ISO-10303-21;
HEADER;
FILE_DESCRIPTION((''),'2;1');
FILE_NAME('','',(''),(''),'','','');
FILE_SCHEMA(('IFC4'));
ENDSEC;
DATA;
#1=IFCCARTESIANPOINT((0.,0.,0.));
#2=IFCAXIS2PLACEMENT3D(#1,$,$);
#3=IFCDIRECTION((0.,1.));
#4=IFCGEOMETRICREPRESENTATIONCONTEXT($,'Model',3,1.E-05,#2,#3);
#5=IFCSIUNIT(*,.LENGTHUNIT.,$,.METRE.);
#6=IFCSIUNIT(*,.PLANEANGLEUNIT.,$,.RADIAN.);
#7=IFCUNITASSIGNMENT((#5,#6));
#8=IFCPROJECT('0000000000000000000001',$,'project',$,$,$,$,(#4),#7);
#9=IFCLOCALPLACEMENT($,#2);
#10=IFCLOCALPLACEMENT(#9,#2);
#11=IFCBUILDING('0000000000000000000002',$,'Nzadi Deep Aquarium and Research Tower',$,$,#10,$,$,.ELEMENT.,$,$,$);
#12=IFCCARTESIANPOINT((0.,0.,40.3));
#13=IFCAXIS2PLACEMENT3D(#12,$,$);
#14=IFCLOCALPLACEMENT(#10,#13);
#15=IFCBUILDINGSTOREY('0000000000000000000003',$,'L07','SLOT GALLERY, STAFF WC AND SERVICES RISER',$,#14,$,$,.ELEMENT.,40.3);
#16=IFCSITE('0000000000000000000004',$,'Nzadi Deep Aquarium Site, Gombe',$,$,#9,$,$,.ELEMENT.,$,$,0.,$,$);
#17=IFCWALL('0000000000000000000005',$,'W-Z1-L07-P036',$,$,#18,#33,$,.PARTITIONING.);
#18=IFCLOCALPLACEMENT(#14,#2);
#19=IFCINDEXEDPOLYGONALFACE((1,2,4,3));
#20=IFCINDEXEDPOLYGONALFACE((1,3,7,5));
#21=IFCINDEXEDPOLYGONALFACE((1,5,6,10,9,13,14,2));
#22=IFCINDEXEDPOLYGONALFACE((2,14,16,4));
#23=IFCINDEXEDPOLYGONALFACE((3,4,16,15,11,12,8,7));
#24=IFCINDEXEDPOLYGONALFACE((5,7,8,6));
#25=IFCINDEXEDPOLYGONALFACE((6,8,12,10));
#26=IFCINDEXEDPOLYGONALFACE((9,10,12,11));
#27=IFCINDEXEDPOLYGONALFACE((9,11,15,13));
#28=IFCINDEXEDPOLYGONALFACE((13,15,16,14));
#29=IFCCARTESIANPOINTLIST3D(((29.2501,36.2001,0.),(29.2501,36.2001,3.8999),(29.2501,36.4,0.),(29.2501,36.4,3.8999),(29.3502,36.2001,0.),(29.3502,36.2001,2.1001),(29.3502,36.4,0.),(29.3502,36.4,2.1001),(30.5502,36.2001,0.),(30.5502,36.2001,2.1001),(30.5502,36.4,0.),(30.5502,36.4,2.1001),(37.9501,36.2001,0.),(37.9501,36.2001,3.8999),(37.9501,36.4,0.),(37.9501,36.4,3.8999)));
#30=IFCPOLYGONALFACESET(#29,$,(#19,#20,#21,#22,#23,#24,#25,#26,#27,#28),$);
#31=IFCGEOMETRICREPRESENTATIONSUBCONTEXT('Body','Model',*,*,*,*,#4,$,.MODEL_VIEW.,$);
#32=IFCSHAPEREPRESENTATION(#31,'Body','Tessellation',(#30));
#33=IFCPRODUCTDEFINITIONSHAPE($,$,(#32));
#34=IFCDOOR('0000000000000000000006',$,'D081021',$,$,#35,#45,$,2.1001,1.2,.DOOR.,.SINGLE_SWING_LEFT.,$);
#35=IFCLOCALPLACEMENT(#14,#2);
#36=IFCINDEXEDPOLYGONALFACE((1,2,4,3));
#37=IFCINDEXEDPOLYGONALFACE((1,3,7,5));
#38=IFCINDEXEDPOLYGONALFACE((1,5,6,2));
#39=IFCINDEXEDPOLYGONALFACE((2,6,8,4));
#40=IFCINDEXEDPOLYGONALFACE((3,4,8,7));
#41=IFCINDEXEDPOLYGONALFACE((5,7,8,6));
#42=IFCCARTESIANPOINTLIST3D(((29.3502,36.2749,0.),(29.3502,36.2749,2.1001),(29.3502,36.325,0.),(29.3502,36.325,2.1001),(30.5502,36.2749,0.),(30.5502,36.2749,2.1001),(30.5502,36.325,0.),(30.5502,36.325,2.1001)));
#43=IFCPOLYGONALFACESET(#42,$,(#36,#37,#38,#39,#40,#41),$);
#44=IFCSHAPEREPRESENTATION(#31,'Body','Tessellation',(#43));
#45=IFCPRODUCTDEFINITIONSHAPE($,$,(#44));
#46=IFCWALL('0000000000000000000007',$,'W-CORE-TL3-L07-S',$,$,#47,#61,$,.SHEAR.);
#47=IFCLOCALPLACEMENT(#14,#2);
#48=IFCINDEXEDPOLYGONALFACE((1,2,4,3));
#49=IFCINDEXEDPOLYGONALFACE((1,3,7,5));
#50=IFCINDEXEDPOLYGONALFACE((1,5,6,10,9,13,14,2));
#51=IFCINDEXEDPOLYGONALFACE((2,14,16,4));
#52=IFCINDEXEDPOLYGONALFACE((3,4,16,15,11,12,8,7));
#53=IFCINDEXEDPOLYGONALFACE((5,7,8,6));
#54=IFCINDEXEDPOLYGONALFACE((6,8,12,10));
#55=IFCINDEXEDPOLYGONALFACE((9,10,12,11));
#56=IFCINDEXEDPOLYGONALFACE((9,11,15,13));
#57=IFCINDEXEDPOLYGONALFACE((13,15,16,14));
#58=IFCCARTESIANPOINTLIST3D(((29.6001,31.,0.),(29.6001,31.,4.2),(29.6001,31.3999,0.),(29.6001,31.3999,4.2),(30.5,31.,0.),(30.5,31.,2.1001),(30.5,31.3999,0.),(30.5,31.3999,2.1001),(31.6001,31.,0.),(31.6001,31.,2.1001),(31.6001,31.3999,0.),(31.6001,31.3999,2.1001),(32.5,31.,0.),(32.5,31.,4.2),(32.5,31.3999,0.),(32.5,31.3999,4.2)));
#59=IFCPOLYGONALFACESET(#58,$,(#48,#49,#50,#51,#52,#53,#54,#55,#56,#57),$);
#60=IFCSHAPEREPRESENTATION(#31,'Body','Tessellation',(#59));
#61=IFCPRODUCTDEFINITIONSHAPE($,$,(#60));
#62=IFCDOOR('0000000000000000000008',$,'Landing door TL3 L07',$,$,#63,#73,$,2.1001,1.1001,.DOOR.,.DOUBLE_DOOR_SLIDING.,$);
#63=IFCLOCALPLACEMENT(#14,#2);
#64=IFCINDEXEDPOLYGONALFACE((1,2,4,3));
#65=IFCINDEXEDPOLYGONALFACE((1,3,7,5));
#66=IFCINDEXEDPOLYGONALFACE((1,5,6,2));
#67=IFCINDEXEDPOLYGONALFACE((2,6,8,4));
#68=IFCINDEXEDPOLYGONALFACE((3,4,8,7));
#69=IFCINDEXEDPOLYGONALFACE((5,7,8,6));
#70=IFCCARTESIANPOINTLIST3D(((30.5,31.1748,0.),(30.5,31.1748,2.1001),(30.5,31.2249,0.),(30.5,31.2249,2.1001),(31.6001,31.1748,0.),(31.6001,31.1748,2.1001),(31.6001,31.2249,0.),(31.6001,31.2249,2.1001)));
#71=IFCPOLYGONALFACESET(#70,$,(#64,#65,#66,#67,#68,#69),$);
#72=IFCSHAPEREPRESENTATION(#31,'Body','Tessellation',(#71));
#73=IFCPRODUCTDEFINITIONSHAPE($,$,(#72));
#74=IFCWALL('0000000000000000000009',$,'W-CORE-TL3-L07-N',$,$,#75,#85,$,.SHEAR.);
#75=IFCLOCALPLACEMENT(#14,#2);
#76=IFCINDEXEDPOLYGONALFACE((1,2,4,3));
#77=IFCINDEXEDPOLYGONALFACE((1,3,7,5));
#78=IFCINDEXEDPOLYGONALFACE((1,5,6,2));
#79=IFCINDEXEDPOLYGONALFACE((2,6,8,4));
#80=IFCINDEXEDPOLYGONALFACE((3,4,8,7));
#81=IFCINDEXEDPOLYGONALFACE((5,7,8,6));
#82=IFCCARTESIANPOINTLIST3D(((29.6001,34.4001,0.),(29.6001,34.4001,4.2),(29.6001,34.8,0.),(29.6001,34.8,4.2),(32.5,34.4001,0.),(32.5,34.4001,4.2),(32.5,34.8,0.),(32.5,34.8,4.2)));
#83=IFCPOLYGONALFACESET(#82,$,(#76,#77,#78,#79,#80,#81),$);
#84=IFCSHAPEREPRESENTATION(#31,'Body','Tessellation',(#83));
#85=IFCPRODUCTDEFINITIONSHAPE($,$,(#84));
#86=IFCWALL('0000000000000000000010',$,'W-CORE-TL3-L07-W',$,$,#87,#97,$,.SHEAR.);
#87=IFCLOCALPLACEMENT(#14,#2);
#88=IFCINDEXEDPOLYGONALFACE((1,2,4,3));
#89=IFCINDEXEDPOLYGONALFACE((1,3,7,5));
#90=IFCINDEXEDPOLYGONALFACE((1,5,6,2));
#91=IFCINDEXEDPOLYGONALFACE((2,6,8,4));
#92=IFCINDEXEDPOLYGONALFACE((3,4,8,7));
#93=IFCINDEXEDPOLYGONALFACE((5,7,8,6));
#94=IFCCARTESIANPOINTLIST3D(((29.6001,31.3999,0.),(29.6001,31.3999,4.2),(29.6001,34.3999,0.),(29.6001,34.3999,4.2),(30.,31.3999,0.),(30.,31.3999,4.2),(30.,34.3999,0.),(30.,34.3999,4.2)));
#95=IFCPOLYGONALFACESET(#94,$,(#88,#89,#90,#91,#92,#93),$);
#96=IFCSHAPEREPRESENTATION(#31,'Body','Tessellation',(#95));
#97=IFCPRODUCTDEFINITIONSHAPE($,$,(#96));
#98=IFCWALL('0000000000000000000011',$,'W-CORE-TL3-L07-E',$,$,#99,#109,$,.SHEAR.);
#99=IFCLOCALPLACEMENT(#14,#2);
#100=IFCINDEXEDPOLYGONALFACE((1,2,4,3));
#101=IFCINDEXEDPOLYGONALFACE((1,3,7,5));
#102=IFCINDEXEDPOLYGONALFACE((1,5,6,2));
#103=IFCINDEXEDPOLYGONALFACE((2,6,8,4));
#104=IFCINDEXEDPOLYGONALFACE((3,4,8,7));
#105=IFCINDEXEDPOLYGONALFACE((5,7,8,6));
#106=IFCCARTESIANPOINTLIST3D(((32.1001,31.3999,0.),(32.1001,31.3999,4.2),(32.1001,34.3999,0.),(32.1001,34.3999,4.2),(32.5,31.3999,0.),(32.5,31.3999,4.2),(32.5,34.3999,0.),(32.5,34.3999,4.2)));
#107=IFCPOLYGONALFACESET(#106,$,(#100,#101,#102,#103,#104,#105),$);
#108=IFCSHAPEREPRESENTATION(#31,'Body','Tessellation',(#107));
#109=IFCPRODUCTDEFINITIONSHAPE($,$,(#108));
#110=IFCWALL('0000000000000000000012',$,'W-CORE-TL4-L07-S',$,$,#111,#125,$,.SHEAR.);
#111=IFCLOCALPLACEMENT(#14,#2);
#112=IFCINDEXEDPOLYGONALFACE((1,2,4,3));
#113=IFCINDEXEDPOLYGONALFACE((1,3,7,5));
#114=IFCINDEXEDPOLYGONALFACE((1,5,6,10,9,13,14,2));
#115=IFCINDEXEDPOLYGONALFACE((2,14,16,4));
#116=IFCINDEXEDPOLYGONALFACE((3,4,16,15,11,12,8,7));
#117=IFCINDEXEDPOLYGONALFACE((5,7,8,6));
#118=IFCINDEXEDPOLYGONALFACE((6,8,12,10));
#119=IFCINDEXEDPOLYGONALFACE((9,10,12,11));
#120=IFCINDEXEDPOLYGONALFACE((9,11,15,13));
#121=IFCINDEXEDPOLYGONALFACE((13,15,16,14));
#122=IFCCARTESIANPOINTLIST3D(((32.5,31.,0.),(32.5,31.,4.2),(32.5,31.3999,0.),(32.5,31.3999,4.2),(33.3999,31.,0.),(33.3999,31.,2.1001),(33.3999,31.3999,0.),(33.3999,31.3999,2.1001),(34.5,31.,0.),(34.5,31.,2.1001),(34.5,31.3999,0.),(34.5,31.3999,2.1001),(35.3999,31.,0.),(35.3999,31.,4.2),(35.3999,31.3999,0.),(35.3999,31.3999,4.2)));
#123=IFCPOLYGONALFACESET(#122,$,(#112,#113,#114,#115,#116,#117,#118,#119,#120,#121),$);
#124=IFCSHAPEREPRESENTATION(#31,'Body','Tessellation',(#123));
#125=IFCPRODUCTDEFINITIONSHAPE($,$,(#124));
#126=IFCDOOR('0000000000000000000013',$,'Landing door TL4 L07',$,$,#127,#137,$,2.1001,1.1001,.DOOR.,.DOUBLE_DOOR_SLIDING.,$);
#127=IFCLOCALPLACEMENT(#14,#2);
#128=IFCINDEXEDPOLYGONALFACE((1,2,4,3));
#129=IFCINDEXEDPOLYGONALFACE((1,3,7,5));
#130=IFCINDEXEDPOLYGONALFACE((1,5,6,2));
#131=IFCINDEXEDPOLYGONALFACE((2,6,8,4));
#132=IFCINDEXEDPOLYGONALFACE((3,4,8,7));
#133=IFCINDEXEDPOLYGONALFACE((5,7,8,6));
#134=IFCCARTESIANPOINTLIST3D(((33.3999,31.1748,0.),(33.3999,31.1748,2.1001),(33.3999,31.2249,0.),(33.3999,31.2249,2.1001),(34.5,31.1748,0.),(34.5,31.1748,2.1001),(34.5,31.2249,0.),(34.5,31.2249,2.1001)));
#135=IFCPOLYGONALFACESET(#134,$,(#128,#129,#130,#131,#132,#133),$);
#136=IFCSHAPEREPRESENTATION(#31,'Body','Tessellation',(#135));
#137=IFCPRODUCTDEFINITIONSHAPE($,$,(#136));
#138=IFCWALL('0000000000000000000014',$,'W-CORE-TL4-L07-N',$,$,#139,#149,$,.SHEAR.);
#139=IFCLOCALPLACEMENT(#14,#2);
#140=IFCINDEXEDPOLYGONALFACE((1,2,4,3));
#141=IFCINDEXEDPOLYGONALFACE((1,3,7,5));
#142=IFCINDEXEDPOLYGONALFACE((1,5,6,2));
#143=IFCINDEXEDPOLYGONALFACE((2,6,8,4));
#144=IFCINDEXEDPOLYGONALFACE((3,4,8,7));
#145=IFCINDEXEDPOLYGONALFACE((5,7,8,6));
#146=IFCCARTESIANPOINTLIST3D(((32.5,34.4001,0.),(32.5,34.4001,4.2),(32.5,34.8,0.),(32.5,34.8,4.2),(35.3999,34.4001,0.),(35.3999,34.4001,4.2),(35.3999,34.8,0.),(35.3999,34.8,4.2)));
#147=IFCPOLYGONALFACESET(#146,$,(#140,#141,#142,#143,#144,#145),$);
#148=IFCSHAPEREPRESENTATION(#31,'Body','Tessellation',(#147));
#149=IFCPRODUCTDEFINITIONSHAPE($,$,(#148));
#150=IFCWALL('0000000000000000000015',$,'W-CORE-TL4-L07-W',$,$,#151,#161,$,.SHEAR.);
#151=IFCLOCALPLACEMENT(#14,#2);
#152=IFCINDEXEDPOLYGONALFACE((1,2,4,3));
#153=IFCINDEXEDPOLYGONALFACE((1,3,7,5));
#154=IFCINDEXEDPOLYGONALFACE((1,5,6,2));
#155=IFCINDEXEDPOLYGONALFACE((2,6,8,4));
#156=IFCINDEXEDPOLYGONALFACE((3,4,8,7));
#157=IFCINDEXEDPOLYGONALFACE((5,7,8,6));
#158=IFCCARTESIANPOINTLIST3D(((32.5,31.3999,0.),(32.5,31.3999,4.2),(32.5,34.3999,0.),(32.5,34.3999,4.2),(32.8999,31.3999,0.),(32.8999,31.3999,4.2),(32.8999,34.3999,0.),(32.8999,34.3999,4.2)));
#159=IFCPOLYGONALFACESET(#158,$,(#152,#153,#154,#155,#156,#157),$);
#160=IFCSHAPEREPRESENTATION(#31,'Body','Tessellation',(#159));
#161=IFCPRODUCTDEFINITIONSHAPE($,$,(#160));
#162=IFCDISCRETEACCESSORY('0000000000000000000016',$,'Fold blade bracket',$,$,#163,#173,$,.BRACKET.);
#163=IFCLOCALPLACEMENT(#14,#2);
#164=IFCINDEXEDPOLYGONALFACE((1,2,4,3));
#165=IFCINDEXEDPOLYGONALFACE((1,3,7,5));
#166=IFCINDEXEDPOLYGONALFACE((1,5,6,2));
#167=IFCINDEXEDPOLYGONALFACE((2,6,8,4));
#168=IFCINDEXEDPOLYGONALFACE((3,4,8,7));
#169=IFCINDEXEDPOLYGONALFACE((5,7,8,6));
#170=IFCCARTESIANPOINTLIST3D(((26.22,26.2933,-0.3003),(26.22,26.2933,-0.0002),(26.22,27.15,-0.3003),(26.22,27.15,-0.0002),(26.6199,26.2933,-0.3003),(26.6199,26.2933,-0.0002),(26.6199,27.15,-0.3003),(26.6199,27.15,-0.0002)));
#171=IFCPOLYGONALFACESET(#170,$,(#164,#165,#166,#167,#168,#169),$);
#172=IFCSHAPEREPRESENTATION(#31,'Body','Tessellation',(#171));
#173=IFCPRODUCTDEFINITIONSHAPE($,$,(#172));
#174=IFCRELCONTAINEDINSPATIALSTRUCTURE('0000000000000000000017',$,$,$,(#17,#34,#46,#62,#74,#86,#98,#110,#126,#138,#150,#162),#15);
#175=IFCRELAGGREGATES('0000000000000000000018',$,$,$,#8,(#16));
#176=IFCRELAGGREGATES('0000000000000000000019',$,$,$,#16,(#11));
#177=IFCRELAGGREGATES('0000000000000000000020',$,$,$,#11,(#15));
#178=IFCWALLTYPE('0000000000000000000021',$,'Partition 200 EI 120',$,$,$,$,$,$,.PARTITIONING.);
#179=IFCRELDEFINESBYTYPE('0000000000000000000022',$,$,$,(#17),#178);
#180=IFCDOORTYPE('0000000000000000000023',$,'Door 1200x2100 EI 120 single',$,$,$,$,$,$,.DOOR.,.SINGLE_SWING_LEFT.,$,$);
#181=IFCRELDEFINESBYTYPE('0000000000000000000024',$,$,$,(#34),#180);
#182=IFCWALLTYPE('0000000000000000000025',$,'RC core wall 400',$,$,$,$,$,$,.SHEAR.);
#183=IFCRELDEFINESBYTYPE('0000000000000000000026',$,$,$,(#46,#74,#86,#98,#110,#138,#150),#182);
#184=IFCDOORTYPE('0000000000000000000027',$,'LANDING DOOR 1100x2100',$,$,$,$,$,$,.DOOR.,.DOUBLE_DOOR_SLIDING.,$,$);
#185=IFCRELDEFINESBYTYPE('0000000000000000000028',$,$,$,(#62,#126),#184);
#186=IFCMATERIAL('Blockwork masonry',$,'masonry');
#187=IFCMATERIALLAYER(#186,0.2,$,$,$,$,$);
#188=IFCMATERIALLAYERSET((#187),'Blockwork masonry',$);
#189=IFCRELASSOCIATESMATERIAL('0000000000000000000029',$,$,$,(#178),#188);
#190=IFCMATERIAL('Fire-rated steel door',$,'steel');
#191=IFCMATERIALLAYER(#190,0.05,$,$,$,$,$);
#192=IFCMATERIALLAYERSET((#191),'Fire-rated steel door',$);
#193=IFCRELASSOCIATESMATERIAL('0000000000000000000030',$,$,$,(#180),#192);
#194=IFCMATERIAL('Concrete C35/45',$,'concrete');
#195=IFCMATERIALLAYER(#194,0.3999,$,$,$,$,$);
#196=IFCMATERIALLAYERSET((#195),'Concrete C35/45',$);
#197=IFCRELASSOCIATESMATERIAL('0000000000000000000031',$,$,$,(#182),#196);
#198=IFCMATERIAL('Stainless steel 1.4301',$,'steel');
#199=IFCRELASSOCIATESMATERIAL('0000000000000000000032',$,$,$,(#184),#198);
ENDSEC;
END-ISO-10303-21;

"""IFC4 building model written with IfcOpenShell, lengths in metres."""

from ifc_helpers import new_model, si_unit, direction, frame, frame_2d, origin, origin_2d, place, context, subcontext, project, spatial, rectangle, extrude, material, layer, layer_set, type_object, element, fill, save


model = new_model("IFC4")

# Units and contexts
model_context = context("Model", 3, precision=1e-05, world=origin(), true_north=direction((0.0, 1.0)))
body_context = subcontext(model_context, "Body", "Model", "MODEL_VIEW")
ifc_project = project(units=[si_unit("LENGTHUNIT", "METRE"), si_unit("PLANEANGLEUNIT", "RADIAN")], contexts=[model_context])

# Site, building, storey
site_placement = place(None, origin())
site = spatial("IfcSite", under=ifc_project, at=site_placement, Name="Nzadi Deep Aquarium Site, Gombe", CompositionType="ELEMENT", RefElevation=0.0)
building_placement = place(site_placement, origin())
building = spatial("IfcBuilding", under=site, at=building_placement, Name="Nzadi Deep Aquarium and Research Tower", CompositionType="ELEMENT")
storey_placement = place(building_placement, frame((0.0, 0.0, 40.3)))
storey = spatial("IfcBuildingStorey", under=building, at=storey_placement, Name="L07", Description="SLOT GALLERY, STAFF WC AND SERVICES RISER", CompositionType="ELEMENT", Elevation=40.3)

# Shared definitions
ifc_material_1 = material(Name="Blockwork masonry", Category="masonry")
ifc_layer_1 = layer(ifc_material_1, 0.2)
ifc_layer_set_1 = layer_set([ifc_layer_1], Name="Blockwork masonry")
wall_type_1 = type_object("IfcWallType", Name="Partition 200 EI 120", PredefinedType="PARTITIONING", material=ifc_layer_set_1)
ifc_material_2 = material(Name="Fire-rated steel door", Category="steel")
ifc_layer_2 = layer(ifc_material_2, 0.05)
ifc_layer_set_2 = layer_set([ifc_layer_2], Name="Fire-rated steel door")
door_type_1 = type_object("IfcDoorType", Name="Door 1200x2100 EI 120 single", OperationType="SINGLE_SWING_LEFT", PredefinedType="DOOR", material=ifc_layer_set_2)

# Walls, openings, doors
wall_1_placement = place(storey_placement, frame((29.25, 36.3, 0.0), z_axis=(0.0, 0.0, 1.0), x_axis=(1.0, 0.0, 0.0)))
wall_1 = element("IfcWall", 1, at=wall_1_placement, inside=storey, type_object=wall_type_1, Name="W-Z1-L07-P036", PredefinedType="PARTITIONING", context=body_context, shape_type="SweptSolid", body=[
    extrude(rectangle(XDim=8.7, YDim=0.2, at=frame_2d((4.3501, 0.0))), origin(), (0.0, 0.0, 1.0), 3.8999),
])
opening_1_placement = place(wall_1_placement, frame((0.1001, 0.0, 0.0)))
opening_1 = element("IfcOpeningElement", 2, at=opening_1_placement, cuts=wall_1, PredefinedType="OPENING", context=body_context, shape_type="SweptSolid", body=[
    extrude(rectangle(XDim=1.2, YDim=2.1001, at=frame_2d((0.6001, 1.05))), frame((0.0, 0.1101, 0.0), z_axis=(0.0, -1.0, 0.0), x_axis=(1.0, 0.0, 0.0)), (0.0, 0.0, 1.0), 0.2202),
])
door_1_placement = place(opening_1_placement, origin())
door_1 = element("IfcDoor", 3, at=door_1_placement, inside=storey, type_object=door_type_1, Name="D081021", OperationType="SINGLE_SWING_LEFT", OverallHeight=2.1001, OverallWidth=1.2, PredefinedType="DOOR", context=body_context, shape_type="SweptSolid", body=[
    extrude(rectangle(XDim=1.2, YDim=2.1001, at=frame_2d((0.6001, 1.05))), frame((0.0, 0.0249, 0.0), z_axis=(0.0, -1.0, 0.0), x_axis=(1.0, 0.0, 0.0)), (0.0, 0.0, 1.0), 0.05),
])
fill(opening_1, door_1)
ifc_material_3 = material(Name="Concrete C35/45", Category="concrete")
ifc_layer_3 = layer(ifc_material_3, 0.3999)
ifc_layer_set_3 = layer_set([ifc_layer_3], Name="Concrete C35/45")
wall_type_2 = type_object("IfcWallType", Name="RC core wall 400", PredefinedType="SHEAR", material=ifc_layer_set_3)
wall_2_placement = place(storey_placement, frame((29.6001, 31.2, 0.0), z_axis=(0.0, 0.0, 1.0), x_axis=(1.0, 0.0, 0.0)))
wall_2 = element("IfcWall", 4, at=wall_2_placement, inside=storey, type_object=wall_type_2, Name="W-CORE-TL3-L07-S", PredefinedType="SHEAR", context=body_context, shape_type="SweptSolid", body=[
    extrude(rectangle(XDim=2.8999, YDim=0.3999, at=frame_2d((1.45, 0.0))), origin(), (0.0, 0.0, 1.0), 4.2),
])
opening_2_placement = place(wall_2_placement, frame((0.8999, 0.0, 0.0)))
opening_2 = element("IfcOpeningElement", 5, at=opening_2_placement, cuts=wall_2, PredefinedType="OPENING", context=body_context, shape_type="SweptSolid", body=[
    extrude(rectangle(XDim=1.1001, YDim=2.1001, at=frame_2d((0.55, 1.05))), frame((0.0, 0.21, 0.0), z_axis=(0.0, -1.0, 0.0), x_axis=(1.0, 0.0, 0.0)), (0.0, 0.0, 1.0), 0.4199),
])
ifc_material_4 = material(Name="Stainless steel 1.4301", Category="steel")
door_type_2 = type_object("IfcDoorType", Name="LANDING DOOR 1100x2100", OperationType="DOUBLE_DOOR_SLIDING", PredefinedType="DOOR", material=ifc_material_4)
door_2_placement = place(opening_2_placement, origin())
door_2 = element("IfcDoor", 6, at=door_2_placement, inside=storey, type_object=door_type_2, Name="Landing door TL3 L07", OperationType="DOUBLE_DOOR_SLIDING", OverallHeight=2.1001, OverallWidth=1.1001, PredefinedType="DOOR", context=body_context, shape_type="SweptSolid", body=[
    extrude(rectangle(XDim=1.1001, YDim=2.1001, at=frame_2d((0.55, 1.05))), frame((0.0, 0.0249, 0.0), z_axis=(0.0, -1.0, 0.0), x_axis=(1.0, 0.0, 0.0)), (0.0, 0.0, 1.0), 0.05),
])
fill(opening_2, door_2)

# Walls
wall_3_placement = place(storey_placement, frame((29.6001, 34.6001, 0.0), z_axis=(0.0, 0.0, 1.0), x_axis=(1.0, 0.0, 0.0)))
element("IfcWall", 7, at=wall_3_placement, inside=storey, type_object=wall_type_2, Name="W-CORE-TL3-L07-N", PredefinedType="SHEAR", context=body_context, shape_type="SweptSolid", body=[
    extrude(rectangle(XDim=2.8999, YDim=0.3999, at=frame_2d((1.45, 0.0))), origin(), (0.0, 0.0, 1.0), 4.2),
])
for number, where, z_axis, x_axis, name in (
    (8, (29.8, 31.3999, 0.0), (0.0, 0.0, 1.0), (0.0, 1.0, 0.0), "W-CORE-TL3-L07-W"),
    (9, (32.3, 31.3999, 0.0), (0.0, 0.0, 1.0), (0.0, 1.0, 0.0), "W-CORE-TL3-L07-E"),
):
    element("IfcWall", number, at=place(storey_placement, frame(where, z_axis=z_axis, x_axis=x_axis)), inside=storey, type_object=wall_type_2, Name=name, PredefinedType="SHEAR", context=body_context, shape_type="SweptSolid", body=[
        extrude(rectangle(XDim=3.0, YDim=0.3999, at=frame_2d((1.5, 0.0))), origin(), (0.0, 0.0, 1.0), 4.2),
    ])

# Wall, opening, door
wall_4_placement = place(storey_placement, frame((32.5, 31.2, 0.0), z_axis=(0.0, 0.0, 1.0), x_axis=(1.0, 0.0, 0.0)))
wall_4 = element("IfcWall", 10, at=wall_4_placement, inside=storey, type_object=wall_type_2, Name="W-CORE-TL4-L07-S", PredefinedType="SHEAR", context=body_context, shape_type="SweptSolid", body=[
    extrude(rectangle(XDim=2.8999, YDim=0.3999, at=frame_2d((1.45, 0.0))), origin(), (0.0, 0.0, 1.0), 4.2),
])
opening_3_placement = place(wall_4_placement, frame((0.8999, 0.0, 0.0)))
opening_3 = element("IfcOpeningElement", 11, at=opening_3_placement, cuts=wall_4, PredefinedType="OPENING", context=body_context, shape_type="SweptSolid", body=[
    extrude(rectangle(XDim=1.1001, YDim=2.1001, at=frame_2d((0.55, 1.05))), frame((0.0, 0.21, 0.0), z_axis=(0.0, -1.0, 0.0), x_axis=(1.0, 0.0, 0.0)), (0.0, 0.0, 1.0), 0.4199),
])
door_3_placement = place(opening_3_placement, origin())
door_3 = element("IfcDoor", 12, at=door_3_placement, inside=storey, type_object=door_type_2, Name="Landing door TL4 L07", OperationType="DOUBLE_DOOR_SLIDING", OverallHeight=2.1001, OverallWidth=1.1001, PredefinedType="DOOR", context=body_context, shape_type="SweptSolid", body=[
    extrude(rectangle(XDim=1.1001, YDim=2.1001, at=frame_2d((0.55, 1.05))), frame((0.0, 0.0249, 0.0), z_axis=(0.0, -1.0, 0.0), x_axis=(1.0, 0.0, 0.0)), (0.0, 0.0, 1.0), 0.05),
])
fill(opening_3, door_3)

# Walls
wall_5_placement = place(storey_placement, frame((32.5, 34.6001, 0.0), z_axis=(0.0, 0.0, 1.0), x_axis=(1.0, 0.0, 0.0)))
element("IfcWall", 13, at=wall_5_placement, inside=storey, type_object=wall_type_2, Name="W-CORE-TL4-L07-N", PredefinedType="SHEAR", context=body_context, shape_type="SweptSolid", body=[
    extrude(rectangle(XDim=2.8999, YDim=0.3999, at=frame_2d((1.45, 0.0))), origin(), (0.0, 0.0, 1.0), 4.2),
])
wall_6_placement = place(storey_placement, frame((32.7, 31.3999, 0.0), z_axis=(0.0, 0.0, 1.0), x_axis=(0.0, 1.0, 0.0)))
element("IfcWall", 14, at=wall_6_placement, inside=storey, type_object=wall_type_2, Name="W-CORE-TL4-L07-W", PredefinedType="SHEAR", context=body_context, shape_type="SweptSolid", body=[
    extrude(rectangle(XDim=3.0, YDim=0.3999, at=frame_2d((1.5, 0.0))), origin(), (0.0, 0.0, 1.0), 4.2),
])

# Discrete accessory
discrete_accessory_placement = place(storey_placement, frame((26.4199, 26.7217, -0.3003), z_axis=(0.0, 0.0, 1.0), x_axis=(1.0, 0.0, 0.0)))
element("IfcDiscreteAccessory", 15, at=discrete_accessory_placement, inside=storey, Name="Fold blade bracket", PredefinedType="BRACKET", context=body_context, shape_type="SweptSolid", body=[
    extrude(rectangle(XDim=0.3999, YDim=0.8567, at=origin_2d()), origin(), (0.0, 0.0, 1.0), 0.3),
])

save(model, "model.ifc")
